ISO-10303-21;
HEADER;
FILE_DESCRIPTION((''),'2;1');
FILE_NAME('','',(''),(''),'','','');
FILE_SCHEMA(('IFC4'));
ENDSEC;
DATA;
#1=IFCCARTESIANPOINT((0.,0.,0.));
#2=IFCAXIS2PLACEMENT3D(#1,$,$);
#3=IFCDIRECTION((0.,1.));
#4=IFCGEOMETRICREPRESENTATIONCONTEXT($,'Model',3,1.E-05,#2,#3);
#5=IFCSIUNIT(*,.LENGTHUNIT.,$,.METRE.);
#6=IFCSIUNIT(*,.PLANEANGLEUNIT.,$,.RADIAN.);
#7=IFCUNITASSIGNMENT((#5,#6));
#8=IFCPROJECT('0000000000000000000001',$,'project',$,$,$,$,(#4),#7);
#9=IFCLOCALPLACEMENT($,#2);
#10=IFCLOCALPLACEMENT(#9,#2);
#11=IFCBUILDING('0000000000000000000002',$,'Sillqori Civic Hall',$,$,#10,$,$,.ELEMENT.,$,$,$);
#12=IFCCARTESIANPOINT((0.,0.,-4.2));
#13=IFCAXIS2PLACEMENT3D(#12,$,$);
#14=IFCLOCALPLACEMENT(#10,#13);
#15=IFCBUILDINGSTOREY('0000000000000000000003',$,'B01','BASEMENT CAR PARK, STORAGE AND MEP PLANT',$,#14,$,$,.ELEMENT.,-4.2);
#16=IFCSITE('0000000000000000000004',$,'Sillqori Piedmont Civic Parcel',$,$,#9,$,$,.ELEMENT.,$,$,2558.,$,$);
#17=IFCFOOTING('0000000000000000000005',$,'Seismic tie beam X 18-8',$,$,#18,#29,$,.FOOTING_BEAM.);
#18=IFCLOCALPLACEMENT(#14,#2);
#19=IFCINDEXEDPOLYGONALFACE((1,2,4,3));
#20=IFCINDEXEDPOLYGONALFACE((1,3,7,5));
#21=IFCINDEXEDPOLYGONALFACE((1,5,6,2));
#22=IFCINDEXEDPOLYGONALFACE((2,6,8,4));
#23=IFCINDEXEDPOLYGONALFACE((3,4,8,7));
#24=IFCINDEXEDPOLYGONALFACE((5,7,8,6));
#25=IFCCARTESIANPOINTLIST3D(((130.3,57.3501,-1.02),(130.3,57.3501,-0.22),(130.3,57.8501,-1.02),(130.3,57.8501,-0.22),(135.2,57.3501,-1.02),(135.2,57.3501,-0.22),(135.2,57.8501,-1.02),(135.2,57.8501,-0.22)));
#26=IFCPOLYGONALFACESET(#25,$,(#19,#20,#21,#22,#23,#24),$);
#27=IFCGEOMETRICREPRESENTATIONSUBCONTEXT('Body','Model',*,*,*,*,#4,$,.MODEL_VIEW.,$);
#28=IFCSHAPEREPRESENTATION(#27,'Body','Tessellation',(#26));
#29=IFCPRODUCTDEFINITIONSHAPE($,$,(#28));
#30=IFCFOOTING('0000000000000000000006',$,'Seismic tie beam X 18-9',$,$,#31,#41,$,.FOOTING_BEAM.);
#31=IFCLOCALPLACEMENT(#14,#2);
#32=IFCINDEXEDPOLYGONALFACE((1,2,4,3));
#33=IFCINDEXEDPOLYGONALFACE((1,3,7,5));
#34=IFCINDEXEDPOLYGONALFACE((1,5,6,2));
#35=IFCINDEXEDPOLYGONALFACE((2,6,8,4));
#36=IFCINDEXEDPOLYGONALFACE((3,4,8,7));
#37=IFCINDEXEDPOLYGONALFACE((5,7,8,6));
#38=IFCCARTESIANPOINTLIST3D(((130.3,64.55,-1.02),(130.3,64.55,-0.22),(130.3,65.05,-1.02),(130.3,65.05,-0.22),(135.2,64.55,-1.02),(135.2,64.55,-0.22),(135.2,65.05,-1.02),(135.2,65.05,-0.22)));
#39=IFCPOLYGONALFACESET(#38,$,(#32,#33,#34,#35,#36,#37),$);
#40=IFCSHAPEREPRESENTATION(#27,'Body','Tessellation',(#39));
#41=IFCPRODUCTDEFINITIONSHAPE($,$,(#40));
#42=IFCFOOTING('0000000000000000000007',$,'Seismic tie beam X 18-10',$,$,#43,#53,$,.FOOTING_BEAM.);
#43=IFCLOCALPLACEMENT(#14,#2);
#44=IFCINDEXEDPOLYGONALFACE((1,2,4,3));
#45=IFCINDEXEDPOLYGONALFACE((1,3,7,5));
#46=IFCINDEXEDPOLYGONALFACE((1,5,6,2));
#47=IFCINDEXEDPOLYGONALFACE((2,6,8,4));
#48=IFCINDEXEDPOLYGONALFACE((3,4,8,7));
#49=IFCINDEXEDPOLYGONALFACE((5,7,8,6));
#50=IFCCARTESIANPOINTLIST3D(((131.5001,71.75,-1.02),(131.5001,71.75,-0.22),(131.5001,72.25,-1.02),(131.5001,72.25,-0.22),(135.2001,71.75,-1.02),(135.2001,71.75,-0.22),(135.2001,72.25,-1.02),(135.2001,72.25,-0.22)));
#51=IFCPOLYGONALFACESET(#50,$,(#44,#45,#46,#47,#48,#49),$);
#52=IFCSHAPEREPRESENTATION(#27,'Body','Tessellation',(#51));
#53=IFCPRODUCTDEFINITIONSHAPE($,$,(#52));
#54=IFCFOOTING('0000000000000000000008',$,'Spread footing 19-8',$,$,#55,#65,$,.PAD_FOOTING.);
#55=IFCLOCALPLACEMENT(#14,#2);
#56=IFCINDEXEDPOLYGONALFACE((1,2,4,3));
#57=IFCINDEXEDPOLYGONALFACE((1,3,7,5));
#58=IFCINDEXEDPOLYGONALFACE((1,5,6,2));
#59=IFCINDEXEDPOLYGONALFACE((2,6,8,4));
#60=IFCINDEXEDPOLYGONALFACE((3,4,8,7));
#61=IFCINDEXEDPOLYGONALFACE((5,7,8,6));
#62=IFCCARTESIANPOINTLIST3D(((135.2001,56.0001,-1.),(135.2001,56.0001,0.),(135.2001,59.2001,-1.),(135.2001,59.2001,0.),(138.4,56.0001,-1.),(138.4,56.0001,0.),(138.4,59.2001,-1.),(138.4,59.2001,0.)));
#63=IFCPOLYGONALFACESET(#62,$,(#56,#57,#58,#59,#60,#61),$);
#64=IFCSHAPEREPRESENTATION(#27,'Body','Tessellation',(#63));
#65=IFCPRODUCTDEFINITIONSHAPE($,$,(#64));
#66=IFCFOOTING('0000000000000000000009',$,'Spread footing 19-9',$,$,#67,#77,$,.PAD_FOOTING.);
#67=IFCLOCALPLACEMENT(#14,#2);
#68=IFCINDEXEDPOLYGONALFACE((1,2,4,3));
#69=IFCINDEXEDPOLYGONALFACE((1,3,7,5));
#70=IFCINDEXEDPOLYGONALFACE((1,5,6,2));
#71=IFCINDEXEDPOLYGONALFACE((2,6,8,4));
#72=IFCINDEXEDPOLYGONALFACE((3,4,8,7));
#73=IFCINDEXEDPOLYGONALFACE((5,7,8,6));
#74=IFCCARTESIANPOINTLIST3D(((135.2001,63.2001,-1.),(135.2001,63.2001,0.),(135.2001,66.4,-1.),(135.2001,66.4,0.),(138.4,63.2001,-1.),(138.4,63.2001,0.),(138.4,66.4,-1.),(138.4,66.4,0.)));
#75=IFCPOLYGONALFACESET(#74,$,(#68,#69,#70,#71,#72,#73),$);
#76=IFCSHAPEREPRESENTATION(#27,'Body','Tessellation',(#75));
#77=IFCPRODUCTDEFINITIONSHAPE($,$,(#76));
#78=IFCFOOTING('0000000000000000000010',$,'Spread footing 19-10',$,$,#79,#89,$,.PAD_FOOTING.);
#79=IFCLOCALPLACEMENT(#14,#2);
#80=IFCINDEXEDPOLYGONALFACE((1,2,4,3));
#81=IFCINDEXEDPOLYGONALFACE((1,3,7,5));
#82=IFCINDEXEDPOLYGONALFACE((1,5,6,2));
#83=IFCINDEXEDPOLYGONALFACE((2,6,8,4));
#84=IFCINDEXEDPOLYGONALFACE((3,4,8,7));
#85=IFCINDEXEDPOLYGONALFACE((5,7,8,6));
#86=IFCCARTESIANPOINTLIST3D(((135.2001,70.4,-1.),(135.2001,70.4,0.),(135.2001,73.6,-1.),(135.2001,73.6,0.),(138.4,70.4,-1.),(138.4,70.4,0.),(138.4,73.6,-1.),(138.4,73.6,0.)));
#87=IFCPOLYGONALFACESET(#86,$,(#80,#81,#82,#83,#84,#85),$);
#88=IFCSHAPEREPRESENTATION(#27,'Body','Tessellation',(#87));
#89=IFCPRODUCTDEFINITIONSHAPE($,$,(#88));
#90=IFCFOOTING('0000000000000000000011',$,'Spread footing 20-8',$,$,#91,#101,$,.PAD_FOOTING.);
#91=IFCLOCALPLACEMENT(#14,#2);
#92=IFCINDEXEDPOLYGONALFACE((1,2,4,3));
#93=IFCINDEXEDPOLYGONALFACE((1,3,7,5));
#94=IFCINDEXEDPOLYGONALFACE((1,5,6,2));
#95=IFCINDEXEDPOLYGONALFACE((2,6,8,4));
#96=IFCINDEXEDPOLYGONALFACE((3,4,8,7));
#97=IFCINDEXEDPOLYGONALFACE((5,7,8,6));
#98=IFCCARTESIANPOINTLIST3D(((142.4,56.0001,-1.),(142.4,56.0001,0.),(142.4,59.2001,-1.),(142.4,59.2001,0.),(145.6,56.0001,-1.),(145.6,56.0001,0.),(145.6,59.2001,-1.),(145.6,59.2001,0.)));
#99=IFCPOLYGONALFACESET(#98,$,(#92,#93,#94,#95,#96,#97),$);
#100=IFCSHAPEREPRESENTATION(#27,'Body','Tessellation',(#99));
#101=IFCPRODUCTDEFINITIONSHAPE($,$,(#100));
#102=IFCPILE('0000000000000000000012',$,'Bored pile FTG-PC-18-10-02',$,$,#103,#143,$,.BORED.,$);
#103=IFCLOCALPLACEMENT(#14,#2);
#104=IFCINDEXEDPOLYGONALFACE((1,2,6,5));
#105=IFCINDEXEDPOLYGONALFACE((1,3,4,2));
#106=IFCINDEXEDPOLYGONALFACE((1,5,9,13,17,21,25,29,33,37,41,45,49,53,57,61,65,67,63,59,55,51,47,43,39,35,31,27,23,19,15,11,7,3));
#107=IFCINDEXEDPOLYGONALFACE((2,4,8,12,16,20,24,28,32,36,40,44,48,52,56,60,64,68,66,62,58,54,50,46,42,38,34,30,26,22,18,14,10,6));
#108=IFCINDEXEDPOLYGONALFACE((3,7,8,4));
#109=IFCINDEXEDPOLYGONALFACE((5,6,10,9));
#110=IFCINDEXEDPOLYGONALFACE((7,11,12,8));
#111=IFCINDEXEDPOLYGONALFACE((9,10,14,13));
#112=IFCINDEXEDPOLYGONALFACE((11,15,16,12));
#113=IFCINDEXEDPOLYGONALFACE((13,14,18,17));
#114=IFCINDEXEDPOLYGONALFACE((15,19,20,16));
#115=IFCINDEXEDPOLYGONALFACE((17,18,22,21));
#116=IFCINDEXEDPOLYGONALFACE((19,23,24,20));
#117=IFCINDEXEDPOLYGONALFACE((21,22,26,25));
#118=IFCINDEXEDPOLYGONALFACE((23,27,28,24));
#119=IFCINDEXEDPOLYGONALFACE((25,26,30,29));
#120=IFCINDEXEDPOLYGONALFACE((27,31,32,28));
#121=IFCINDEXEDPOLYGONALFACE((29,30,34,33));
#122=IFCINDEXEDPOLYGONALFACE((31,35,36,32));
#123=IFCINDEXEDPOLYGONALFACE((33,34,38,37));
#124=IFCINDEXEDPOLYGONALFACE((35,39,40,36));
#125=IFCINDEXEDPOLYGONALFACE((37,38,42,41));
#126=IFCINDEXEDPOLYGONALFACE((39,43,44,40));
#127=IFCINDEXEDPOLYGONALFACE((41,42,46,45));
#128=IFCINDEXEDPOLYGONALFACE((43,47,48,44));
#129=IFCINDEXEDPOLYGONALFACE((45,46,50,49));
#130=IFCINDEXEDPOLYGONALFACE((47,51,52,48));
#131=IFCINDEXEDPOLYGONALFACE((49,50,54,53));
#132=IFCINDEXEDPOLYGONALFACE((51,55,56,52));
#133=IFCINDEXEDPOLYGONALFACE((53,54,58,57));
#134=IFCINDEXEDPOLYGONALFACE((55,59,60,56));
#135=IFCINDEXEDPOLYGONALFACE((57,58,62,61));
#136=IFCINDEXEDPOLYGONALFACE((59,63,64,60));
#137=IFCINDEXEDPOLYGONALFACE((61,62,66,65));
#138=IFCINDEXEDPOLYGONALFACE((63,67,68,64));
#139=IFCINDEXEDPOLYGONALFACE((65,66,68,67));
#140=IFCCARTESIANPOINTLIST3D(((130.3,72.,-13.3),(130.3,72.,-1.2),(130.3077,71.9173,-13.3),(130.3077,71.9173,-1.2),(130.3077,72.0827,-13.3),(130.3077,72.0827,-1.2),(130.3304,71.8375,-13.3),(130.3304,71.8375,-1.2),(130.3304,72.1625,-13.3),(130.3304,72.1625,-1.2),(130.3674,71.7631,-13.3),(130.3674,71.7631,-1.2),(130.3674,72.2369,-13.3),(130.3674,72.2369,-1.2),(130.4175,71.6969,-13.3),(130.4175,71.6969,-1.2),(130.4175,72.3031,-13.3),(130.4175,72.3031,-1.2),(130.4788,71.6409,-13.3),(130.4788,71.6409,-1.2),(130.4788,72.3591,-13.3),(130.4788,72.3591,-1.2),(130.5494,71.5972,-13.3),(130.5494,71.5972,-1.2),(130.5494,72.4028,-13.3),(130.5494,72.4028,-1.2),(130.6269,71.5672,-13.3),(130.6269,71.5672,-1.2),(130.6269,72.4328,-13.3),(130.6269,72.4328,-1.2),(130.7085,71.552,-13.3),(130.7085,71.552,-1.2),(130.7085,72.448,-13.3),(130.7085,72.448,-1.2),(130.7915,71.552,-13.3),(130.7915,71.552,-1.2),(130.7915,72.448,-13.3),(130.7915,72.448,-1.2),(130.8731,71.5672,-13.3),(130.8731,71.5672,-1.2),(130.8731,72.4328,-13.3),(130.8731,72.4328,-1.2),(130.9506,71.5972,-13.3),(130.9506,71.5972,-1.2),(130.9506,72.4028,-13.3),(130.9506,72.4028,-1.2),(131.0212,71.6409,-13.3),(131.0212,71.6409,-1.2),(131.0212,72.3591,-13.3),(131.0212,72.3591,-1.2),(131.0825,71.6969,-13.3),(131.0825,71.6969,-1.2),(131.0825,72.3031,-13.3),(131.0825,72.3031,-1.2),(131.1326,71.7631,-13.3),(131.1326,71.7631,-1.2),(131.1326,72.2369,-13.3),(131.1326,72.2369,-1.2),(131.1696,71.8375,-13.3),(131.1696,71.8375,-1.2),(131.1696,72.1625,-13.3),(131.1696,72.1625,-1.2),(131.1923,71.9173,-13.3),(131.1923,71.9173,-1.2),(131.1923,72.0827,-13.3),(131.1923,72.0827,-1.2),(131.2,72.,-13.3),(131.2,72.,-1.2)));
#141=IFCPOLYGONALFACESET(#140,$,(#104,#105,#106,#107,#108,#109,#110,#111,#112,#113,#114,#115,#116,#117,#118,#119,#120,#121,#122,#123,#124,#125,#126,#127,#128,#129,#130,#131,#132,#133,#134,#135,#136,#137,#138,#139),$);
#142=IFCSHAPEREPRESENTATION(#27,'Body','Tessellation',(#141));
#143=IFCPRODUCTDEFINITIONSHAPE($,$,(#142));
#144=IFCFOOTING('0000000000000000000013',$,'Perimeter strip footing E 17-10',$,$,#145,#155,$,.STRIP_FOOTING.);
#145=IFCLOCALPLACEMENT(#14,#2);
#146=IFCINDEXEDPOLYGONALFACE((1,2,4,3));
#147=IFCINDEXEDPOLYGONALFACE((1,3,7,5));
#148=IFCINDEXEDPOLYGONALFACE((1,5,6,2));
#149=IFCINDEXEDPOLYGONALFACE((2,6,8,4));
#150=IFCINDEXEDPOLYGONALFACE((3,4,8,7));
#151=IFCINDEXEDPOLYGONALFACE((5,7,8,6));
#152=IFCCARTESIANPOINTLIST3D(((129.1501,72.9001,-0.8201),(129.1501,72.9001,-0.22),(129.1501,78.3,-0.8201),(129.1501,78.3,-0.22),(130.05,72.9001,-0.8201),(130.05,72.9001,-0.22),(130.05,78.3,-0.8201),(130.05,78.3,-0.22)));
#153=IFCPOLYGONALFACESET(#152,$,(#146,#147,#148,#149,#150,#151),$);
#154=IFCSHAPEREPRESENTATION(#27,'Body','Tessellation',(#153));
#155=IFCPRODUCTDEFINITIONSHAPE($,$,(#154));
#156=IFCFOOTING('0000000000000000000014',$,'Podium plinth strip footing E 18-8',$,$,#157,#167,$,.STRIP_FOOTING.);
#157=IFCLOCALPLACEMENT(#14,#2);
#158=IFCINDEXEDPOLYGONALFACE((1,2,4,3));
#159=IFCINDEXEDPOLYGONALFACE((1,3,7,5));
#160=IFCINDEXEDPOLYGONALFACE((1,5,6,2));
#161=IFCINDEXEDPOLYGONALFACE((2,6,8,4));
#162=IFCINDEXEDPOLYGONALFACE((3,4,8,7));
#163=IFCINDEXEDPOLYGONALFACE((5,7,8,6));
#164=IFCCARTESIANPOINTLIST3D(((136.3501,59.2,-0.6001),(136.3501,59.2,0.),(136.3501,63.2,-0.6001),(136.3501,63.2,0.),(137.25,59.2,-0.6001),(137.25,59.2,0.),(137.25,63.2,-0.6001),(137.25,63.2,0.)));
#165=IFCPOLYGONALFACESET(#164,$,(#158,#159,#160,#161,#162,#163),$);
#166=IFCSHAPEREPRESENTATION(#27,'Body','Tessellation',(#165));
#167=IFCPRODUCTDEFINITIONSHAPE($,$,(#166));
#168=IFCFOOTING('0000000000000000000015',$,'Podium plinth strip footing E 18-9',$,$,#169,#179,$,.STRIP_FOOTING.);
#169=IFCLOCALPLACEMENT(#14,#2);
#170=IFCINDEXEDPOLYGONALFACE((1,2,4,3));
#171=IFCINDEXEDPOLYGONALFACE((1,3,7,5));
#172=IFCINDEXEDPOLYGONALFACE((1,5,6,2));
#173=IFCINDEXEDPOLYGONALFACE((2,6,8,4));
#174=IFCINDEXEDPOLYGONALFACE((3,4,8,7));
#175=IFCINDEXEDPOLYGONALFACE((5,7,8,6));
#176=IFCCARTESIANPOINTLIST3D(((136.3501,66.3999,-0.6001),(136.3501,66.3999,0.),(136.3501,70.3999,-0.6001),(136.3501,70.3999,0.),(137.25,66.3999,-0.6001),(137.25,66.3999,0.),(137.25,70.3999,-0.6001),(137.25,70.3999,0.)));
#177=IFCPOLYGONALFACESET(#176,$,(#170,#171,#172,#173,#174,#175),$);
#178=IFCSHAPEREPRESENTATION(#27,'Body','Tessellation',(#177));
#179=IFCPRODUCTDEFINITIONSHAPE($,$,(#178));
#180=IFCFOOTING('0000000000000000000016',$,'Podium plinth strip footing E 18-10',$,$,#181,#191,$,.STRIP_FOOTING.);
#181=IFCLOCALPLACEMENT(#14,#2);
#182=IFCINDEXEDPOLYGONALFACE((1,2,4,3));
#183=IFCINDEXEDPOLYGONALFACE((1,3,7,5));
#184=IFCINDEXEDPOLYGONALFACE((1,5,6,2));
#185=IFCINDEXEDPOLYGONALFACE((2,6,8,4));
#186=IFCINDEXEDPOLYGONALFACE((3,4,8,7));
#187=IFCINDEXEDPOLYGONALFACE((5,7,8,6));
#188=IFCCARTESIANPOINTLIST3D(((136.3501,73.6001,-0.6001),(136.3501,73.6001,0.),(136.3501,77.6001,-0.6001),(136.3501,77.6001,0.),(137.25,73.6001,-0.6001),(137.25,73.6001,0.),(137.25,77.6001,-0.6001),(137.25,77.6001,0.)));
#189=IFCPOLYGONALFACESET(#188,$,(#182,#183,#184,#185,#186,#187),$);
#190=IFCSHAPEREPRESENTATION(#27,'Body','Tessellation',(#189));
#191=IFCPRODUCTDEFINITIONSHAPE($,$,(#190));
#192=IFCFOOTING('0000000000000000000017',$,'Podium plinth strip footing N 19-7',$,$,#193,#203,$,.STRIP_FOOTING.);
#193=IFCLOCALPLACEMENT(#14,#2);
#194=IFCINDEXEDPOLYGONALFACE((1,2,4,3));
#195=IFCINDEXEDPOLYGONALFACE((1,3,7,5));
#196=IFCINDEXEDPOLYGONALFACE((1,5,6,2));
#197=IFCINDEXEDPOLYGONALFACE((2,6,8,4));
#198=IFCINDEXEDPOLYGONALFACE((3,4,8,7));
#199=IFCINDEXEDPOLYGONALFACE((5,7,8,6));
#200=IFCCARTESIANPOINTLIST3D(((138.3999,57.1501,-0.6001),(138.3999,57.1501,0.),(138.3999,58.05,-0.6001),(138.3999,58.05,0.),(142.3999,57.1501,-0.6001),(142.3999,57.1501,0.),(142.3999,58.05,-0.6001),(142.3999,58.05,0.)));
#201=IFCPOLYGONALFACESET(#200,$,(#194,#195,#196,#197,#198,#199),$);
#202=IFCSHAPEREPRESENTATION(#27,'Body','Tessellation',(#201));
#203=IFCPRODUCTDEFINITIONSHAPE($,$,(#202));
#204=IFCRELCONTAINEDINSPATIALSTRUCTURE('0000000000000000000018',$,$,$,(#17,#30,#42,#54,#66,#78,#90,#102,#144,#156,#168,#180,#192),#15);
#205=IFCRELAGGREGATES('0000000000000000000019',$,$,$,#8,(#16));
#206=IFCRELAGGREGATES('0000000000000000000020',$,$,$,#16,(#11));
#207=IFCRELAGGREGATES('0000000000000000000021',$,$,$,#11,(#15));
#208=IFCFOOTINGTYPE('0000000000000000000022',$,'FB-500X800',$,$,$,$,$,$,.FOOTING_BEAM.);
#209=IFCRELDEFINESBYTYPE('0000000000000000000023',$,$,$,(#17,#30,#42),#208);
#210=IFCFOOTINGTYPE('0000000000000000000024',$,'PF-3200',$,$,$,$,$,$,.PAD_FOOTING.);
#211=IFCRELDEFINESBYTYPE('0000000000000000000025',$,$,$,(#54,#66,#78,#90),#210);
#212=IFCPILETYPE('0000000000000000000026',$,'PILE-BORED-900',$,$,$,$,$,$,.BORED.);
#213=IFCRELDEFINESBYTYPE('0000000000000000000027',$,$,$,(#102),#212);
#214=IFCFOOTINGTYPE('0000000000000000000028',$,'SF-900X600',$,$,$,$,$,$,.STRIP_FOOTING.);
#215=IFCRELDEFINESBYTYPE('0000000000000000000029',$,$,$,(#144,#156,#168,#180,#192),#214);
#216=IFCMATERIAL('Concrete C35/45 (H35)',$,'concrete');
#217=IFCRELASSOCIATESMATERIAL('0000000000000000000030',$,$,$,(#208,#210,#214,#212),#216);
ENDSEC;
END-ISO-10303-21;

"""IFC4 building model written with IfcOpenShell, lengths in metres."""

from ifc_helpers import new_model, si_unit, direction, frame, origin, origin_2d, place, context, subcontext, project, spatial, rectangle, circle, extrude, material, material_profile, profile_set, type_object, element, save


model = new_model("IFC4")

# Units and contexts
model_context = context("Model", 3, precision=1e-05, world=origin(), true_north=direction((0.0, 1.0)))
body_context = subcontext(model_context, "Body", "Model", "MODEL_VIEW")
ifc_project = project(units=[si_unit("LENGTHUNIT", "METRE"), si_unit("PLANEANGLEUNIT", "RADIAN")], contexts=[model_context])

# Site, building, storey
site_placement = place(None, origin())
site = spatial("IfcSite", under=ifc_project, at=site_placement, Name="Sillqori Piedmont Civic Parcel", CompositionType="ELEMENT", RefElevation=2558.0)
building_placement = place(site_placement, origin())
building = spatial("IfcBuilding", under=site, at=building_placement, Name="Sillqori Civic Hall", CompositionType="ELEMENT")
storey_placement = place(building_placement, frame((0.0, 0.0, -4.2)))
storey = spatial("IfcBuildingStorey", under=building, at=storey_placement, Name="B01", Description="BASEMENT CAR PARK, STORAGE AND MEP PLANT", CompositionType="ELEMENT", Elevation=-4.2)

# Footings
ifc_material = material(Name="Concrete C35/45 (H35)", Category="concrete")
footing_type_1 = type_object("IfcFootingType", Name="FB-500X800", PredefinedType="FOOTING_BEAM", material=ifc_material)
for number, where, z_axis, x_axis, name in (
    (1, (132.75, 57.6001, -1.02), (0.0, 0.0, 1.0), (1.0, 0.0, 0.0), "Seismic tie beam X 18-8"),
    (2, (132.75, 64.8, -1.02), (0.0, 0.0, 1.0), (1.0, 0.0, 0.0), "Seismic tie beam X 18-9"),
):
    element("IfcFooting", number, at=place(storey_placement, frame(where, z_axis=z_axis, x_axis=x_axis)), inside=storey, type_object=footing_type_1, Name=name, PredefinedType="FOOTING_BEAM", context=body_context, shape_type="SweptSolid", body=[
        extrude(rectangle(XDim=4.8999, YDim=0.5, at=origin_2d()), origin(), (0.0, 0.0, 1.0), 0.8),
    ])
footing_1_placement = place(storey_placement, frame((133.3501, 72.0, -1.02), z_axis=(0.0, 0.0, 1.0), x_axis=(1.0, 0.0, 0.0)))
element("IfcFooting", 3, at=footing_1_placement, inside=storey, type_object=footing_type_1, Name="Seismic tie beam X 18-10", PredefinedType="FOOTING_BEAM", context=body_context, shape_type="SweptSolid", body=[
    extrude(rectangle(XDim=3.7, YDim=0.5, at=origin_2d()), origin(), (0.0, 0.0, 1.0), 0.8),
])
footing_type_2 = type_object("IfcFootingType", Name="PF-3200", PredefinedType="PAD_FOOTING", material=ifc_material)
for number, where, z_axis, x_axis, name in (
    (4, (136.8, 57.6001, -1.0), (0.0, 0.0, 1.0), (1.0, 0.0, 0.0), "Spread footing 19-8"),
    (5, (136.8, 64.8, -1.0), (0.0, 0.0, 1.0), (1.0, 0.0, 0.0), "Spread footing 19-9"),
    (6, (136.8, 72.0, -1.0), (0.0, 0.0, 1.0), (1.0, 0.0, 0.0), "Spread footing 19-10"),
    (7, (144.0, 57.6001, -1.0), (0.0, 0.0, 1.0), (1.0, 0.0, 0.0), "Spread footing 20-8"),
):
    element("IfcFooting", number, at=place(storey_placement, frame(where, z_axis=z_axis, x_axis=x_axis)), inside=storey, type_object=footing_type_2, Name=name, PredefinedType="PAD_FOOTING", context=body_context, shape_type="SweptSolid", body=[
        extrude(rectangle(XDim=3.2, YDim=3.2, at=origin_2d()), origin(), (0.0, 0.0, 1.0), 1.0),
    ])

# Pile
ifc_material_profile_1 = material_profile(ifc_material, circle(Radius=0.45, at=origin_2d()), Name="BORED PILE 900")
ifc_profile_set_1 = profile_set([ifc_material_profile_1], Name="Concrete C35/45 (H35)")
pile_type = type_object("IfcPileType", Name="PILE-BORED-900", PredefinedType="BORED", material=ifc_profile_set_1)
pile_placement = place(storey_placement, frame((130.75, 72.0, -1.2), z_axis=(0.0, 0.0, -1.0), x_axis=(1.0, 0.0, 0.0)))
element("IfcPile", 8, at=pile_placement, inside=storey, type_object=pile_type, Name="Bored pile FTG-PC-18-10-02", PredefinedType="BORED", context=body_context, shape_type="SweptSolid", body=[
    extrude(circle(Radius=0.45, at=origin_2d()), origin(), (0.0, 0.0, 1.0), 12.1001),
])

# Footings
footing_type_3 = type_object("IfcFootingType", Name="SF-900X600", PredefinedType="STRIP_FOOTING", material=ifc_material)
footing_2_placement = place(storey_placement, frame((129.6001, 75.6001, -0.8201), z_axis=(0.0, 0.0, 1.0), x_axis=(1.0, 0.0, 0.0)))
element("IfcFooting", 9, at=footing_2_placement, inside=storey, type_object=footing_type_3, Name="Perimeter strip footing E 17-10", PredefinedType="STRIP_FOOTING", context=body_context, shape_type="SweptSolid", body=[
    extrude(rectangle(XDim=0.8999, YDim=5.3999, at=origin_2d()), origin(), (0.0, 0.0, 1.0), 0.6001),
])
for number, where, z_axis, x_axis, name in (
    (10, (136.8, 61.2, -0.6001), (0.0, 0.0, 1.0), (1.0, 0.0, 0.0), "Podium plinth strip footing E 18-8"),
    (11, (136.8, 68.3999, -0.6001), (0.0, 0.0, 1.0), (1.0, 0.0, 0.0), "Podium plinth strip footing E 18-9"),
    (12, (136.8, 75.6001, -0.6001), (0.0, 0.0, 1.0), (1.0, 0.0, 0.0), "Podium plinth strip footing E 18-10"),
):
    element("IfcFooting", number, at=place(storey_placement, frame(where, z_axis=z_axis, x_axis=x_axis)), inside=storey, type_object=footing_type_3, Name=name, PredefinedType="STRIP_FOOTING", context=body_context, shape_type="SweptSolid", body=[
        extrude(rectangle(XDim=0.8999, YDim=4.0, at=origin_2d()), origin(), (0.0, 0.0, 1.0), 0.6001),
    ])
footing_3_placement = place(storey_placement, frame((140.3999, 57.6001, -0.6001), z_axis=(0.0, 0.0, 1.0), x_axis=(1.0, 0.0, 0.0)))
element("IfcFooting", 13, at=footing_3_placement, inside=storey, type_object=footing_type_3, Name="Podium plinth strip footing N 19-7", PredefinedType="STRIP_FOOTING", context=body_context, shape_type="SweptSolid", body=[
    extrude(rectangle(XDim=4.0, YDim=0.8999, at=origin_2d()), origin(), (0.0, 0.0, 1.0), 0.6001),
])

save(model, "model.ifc")
